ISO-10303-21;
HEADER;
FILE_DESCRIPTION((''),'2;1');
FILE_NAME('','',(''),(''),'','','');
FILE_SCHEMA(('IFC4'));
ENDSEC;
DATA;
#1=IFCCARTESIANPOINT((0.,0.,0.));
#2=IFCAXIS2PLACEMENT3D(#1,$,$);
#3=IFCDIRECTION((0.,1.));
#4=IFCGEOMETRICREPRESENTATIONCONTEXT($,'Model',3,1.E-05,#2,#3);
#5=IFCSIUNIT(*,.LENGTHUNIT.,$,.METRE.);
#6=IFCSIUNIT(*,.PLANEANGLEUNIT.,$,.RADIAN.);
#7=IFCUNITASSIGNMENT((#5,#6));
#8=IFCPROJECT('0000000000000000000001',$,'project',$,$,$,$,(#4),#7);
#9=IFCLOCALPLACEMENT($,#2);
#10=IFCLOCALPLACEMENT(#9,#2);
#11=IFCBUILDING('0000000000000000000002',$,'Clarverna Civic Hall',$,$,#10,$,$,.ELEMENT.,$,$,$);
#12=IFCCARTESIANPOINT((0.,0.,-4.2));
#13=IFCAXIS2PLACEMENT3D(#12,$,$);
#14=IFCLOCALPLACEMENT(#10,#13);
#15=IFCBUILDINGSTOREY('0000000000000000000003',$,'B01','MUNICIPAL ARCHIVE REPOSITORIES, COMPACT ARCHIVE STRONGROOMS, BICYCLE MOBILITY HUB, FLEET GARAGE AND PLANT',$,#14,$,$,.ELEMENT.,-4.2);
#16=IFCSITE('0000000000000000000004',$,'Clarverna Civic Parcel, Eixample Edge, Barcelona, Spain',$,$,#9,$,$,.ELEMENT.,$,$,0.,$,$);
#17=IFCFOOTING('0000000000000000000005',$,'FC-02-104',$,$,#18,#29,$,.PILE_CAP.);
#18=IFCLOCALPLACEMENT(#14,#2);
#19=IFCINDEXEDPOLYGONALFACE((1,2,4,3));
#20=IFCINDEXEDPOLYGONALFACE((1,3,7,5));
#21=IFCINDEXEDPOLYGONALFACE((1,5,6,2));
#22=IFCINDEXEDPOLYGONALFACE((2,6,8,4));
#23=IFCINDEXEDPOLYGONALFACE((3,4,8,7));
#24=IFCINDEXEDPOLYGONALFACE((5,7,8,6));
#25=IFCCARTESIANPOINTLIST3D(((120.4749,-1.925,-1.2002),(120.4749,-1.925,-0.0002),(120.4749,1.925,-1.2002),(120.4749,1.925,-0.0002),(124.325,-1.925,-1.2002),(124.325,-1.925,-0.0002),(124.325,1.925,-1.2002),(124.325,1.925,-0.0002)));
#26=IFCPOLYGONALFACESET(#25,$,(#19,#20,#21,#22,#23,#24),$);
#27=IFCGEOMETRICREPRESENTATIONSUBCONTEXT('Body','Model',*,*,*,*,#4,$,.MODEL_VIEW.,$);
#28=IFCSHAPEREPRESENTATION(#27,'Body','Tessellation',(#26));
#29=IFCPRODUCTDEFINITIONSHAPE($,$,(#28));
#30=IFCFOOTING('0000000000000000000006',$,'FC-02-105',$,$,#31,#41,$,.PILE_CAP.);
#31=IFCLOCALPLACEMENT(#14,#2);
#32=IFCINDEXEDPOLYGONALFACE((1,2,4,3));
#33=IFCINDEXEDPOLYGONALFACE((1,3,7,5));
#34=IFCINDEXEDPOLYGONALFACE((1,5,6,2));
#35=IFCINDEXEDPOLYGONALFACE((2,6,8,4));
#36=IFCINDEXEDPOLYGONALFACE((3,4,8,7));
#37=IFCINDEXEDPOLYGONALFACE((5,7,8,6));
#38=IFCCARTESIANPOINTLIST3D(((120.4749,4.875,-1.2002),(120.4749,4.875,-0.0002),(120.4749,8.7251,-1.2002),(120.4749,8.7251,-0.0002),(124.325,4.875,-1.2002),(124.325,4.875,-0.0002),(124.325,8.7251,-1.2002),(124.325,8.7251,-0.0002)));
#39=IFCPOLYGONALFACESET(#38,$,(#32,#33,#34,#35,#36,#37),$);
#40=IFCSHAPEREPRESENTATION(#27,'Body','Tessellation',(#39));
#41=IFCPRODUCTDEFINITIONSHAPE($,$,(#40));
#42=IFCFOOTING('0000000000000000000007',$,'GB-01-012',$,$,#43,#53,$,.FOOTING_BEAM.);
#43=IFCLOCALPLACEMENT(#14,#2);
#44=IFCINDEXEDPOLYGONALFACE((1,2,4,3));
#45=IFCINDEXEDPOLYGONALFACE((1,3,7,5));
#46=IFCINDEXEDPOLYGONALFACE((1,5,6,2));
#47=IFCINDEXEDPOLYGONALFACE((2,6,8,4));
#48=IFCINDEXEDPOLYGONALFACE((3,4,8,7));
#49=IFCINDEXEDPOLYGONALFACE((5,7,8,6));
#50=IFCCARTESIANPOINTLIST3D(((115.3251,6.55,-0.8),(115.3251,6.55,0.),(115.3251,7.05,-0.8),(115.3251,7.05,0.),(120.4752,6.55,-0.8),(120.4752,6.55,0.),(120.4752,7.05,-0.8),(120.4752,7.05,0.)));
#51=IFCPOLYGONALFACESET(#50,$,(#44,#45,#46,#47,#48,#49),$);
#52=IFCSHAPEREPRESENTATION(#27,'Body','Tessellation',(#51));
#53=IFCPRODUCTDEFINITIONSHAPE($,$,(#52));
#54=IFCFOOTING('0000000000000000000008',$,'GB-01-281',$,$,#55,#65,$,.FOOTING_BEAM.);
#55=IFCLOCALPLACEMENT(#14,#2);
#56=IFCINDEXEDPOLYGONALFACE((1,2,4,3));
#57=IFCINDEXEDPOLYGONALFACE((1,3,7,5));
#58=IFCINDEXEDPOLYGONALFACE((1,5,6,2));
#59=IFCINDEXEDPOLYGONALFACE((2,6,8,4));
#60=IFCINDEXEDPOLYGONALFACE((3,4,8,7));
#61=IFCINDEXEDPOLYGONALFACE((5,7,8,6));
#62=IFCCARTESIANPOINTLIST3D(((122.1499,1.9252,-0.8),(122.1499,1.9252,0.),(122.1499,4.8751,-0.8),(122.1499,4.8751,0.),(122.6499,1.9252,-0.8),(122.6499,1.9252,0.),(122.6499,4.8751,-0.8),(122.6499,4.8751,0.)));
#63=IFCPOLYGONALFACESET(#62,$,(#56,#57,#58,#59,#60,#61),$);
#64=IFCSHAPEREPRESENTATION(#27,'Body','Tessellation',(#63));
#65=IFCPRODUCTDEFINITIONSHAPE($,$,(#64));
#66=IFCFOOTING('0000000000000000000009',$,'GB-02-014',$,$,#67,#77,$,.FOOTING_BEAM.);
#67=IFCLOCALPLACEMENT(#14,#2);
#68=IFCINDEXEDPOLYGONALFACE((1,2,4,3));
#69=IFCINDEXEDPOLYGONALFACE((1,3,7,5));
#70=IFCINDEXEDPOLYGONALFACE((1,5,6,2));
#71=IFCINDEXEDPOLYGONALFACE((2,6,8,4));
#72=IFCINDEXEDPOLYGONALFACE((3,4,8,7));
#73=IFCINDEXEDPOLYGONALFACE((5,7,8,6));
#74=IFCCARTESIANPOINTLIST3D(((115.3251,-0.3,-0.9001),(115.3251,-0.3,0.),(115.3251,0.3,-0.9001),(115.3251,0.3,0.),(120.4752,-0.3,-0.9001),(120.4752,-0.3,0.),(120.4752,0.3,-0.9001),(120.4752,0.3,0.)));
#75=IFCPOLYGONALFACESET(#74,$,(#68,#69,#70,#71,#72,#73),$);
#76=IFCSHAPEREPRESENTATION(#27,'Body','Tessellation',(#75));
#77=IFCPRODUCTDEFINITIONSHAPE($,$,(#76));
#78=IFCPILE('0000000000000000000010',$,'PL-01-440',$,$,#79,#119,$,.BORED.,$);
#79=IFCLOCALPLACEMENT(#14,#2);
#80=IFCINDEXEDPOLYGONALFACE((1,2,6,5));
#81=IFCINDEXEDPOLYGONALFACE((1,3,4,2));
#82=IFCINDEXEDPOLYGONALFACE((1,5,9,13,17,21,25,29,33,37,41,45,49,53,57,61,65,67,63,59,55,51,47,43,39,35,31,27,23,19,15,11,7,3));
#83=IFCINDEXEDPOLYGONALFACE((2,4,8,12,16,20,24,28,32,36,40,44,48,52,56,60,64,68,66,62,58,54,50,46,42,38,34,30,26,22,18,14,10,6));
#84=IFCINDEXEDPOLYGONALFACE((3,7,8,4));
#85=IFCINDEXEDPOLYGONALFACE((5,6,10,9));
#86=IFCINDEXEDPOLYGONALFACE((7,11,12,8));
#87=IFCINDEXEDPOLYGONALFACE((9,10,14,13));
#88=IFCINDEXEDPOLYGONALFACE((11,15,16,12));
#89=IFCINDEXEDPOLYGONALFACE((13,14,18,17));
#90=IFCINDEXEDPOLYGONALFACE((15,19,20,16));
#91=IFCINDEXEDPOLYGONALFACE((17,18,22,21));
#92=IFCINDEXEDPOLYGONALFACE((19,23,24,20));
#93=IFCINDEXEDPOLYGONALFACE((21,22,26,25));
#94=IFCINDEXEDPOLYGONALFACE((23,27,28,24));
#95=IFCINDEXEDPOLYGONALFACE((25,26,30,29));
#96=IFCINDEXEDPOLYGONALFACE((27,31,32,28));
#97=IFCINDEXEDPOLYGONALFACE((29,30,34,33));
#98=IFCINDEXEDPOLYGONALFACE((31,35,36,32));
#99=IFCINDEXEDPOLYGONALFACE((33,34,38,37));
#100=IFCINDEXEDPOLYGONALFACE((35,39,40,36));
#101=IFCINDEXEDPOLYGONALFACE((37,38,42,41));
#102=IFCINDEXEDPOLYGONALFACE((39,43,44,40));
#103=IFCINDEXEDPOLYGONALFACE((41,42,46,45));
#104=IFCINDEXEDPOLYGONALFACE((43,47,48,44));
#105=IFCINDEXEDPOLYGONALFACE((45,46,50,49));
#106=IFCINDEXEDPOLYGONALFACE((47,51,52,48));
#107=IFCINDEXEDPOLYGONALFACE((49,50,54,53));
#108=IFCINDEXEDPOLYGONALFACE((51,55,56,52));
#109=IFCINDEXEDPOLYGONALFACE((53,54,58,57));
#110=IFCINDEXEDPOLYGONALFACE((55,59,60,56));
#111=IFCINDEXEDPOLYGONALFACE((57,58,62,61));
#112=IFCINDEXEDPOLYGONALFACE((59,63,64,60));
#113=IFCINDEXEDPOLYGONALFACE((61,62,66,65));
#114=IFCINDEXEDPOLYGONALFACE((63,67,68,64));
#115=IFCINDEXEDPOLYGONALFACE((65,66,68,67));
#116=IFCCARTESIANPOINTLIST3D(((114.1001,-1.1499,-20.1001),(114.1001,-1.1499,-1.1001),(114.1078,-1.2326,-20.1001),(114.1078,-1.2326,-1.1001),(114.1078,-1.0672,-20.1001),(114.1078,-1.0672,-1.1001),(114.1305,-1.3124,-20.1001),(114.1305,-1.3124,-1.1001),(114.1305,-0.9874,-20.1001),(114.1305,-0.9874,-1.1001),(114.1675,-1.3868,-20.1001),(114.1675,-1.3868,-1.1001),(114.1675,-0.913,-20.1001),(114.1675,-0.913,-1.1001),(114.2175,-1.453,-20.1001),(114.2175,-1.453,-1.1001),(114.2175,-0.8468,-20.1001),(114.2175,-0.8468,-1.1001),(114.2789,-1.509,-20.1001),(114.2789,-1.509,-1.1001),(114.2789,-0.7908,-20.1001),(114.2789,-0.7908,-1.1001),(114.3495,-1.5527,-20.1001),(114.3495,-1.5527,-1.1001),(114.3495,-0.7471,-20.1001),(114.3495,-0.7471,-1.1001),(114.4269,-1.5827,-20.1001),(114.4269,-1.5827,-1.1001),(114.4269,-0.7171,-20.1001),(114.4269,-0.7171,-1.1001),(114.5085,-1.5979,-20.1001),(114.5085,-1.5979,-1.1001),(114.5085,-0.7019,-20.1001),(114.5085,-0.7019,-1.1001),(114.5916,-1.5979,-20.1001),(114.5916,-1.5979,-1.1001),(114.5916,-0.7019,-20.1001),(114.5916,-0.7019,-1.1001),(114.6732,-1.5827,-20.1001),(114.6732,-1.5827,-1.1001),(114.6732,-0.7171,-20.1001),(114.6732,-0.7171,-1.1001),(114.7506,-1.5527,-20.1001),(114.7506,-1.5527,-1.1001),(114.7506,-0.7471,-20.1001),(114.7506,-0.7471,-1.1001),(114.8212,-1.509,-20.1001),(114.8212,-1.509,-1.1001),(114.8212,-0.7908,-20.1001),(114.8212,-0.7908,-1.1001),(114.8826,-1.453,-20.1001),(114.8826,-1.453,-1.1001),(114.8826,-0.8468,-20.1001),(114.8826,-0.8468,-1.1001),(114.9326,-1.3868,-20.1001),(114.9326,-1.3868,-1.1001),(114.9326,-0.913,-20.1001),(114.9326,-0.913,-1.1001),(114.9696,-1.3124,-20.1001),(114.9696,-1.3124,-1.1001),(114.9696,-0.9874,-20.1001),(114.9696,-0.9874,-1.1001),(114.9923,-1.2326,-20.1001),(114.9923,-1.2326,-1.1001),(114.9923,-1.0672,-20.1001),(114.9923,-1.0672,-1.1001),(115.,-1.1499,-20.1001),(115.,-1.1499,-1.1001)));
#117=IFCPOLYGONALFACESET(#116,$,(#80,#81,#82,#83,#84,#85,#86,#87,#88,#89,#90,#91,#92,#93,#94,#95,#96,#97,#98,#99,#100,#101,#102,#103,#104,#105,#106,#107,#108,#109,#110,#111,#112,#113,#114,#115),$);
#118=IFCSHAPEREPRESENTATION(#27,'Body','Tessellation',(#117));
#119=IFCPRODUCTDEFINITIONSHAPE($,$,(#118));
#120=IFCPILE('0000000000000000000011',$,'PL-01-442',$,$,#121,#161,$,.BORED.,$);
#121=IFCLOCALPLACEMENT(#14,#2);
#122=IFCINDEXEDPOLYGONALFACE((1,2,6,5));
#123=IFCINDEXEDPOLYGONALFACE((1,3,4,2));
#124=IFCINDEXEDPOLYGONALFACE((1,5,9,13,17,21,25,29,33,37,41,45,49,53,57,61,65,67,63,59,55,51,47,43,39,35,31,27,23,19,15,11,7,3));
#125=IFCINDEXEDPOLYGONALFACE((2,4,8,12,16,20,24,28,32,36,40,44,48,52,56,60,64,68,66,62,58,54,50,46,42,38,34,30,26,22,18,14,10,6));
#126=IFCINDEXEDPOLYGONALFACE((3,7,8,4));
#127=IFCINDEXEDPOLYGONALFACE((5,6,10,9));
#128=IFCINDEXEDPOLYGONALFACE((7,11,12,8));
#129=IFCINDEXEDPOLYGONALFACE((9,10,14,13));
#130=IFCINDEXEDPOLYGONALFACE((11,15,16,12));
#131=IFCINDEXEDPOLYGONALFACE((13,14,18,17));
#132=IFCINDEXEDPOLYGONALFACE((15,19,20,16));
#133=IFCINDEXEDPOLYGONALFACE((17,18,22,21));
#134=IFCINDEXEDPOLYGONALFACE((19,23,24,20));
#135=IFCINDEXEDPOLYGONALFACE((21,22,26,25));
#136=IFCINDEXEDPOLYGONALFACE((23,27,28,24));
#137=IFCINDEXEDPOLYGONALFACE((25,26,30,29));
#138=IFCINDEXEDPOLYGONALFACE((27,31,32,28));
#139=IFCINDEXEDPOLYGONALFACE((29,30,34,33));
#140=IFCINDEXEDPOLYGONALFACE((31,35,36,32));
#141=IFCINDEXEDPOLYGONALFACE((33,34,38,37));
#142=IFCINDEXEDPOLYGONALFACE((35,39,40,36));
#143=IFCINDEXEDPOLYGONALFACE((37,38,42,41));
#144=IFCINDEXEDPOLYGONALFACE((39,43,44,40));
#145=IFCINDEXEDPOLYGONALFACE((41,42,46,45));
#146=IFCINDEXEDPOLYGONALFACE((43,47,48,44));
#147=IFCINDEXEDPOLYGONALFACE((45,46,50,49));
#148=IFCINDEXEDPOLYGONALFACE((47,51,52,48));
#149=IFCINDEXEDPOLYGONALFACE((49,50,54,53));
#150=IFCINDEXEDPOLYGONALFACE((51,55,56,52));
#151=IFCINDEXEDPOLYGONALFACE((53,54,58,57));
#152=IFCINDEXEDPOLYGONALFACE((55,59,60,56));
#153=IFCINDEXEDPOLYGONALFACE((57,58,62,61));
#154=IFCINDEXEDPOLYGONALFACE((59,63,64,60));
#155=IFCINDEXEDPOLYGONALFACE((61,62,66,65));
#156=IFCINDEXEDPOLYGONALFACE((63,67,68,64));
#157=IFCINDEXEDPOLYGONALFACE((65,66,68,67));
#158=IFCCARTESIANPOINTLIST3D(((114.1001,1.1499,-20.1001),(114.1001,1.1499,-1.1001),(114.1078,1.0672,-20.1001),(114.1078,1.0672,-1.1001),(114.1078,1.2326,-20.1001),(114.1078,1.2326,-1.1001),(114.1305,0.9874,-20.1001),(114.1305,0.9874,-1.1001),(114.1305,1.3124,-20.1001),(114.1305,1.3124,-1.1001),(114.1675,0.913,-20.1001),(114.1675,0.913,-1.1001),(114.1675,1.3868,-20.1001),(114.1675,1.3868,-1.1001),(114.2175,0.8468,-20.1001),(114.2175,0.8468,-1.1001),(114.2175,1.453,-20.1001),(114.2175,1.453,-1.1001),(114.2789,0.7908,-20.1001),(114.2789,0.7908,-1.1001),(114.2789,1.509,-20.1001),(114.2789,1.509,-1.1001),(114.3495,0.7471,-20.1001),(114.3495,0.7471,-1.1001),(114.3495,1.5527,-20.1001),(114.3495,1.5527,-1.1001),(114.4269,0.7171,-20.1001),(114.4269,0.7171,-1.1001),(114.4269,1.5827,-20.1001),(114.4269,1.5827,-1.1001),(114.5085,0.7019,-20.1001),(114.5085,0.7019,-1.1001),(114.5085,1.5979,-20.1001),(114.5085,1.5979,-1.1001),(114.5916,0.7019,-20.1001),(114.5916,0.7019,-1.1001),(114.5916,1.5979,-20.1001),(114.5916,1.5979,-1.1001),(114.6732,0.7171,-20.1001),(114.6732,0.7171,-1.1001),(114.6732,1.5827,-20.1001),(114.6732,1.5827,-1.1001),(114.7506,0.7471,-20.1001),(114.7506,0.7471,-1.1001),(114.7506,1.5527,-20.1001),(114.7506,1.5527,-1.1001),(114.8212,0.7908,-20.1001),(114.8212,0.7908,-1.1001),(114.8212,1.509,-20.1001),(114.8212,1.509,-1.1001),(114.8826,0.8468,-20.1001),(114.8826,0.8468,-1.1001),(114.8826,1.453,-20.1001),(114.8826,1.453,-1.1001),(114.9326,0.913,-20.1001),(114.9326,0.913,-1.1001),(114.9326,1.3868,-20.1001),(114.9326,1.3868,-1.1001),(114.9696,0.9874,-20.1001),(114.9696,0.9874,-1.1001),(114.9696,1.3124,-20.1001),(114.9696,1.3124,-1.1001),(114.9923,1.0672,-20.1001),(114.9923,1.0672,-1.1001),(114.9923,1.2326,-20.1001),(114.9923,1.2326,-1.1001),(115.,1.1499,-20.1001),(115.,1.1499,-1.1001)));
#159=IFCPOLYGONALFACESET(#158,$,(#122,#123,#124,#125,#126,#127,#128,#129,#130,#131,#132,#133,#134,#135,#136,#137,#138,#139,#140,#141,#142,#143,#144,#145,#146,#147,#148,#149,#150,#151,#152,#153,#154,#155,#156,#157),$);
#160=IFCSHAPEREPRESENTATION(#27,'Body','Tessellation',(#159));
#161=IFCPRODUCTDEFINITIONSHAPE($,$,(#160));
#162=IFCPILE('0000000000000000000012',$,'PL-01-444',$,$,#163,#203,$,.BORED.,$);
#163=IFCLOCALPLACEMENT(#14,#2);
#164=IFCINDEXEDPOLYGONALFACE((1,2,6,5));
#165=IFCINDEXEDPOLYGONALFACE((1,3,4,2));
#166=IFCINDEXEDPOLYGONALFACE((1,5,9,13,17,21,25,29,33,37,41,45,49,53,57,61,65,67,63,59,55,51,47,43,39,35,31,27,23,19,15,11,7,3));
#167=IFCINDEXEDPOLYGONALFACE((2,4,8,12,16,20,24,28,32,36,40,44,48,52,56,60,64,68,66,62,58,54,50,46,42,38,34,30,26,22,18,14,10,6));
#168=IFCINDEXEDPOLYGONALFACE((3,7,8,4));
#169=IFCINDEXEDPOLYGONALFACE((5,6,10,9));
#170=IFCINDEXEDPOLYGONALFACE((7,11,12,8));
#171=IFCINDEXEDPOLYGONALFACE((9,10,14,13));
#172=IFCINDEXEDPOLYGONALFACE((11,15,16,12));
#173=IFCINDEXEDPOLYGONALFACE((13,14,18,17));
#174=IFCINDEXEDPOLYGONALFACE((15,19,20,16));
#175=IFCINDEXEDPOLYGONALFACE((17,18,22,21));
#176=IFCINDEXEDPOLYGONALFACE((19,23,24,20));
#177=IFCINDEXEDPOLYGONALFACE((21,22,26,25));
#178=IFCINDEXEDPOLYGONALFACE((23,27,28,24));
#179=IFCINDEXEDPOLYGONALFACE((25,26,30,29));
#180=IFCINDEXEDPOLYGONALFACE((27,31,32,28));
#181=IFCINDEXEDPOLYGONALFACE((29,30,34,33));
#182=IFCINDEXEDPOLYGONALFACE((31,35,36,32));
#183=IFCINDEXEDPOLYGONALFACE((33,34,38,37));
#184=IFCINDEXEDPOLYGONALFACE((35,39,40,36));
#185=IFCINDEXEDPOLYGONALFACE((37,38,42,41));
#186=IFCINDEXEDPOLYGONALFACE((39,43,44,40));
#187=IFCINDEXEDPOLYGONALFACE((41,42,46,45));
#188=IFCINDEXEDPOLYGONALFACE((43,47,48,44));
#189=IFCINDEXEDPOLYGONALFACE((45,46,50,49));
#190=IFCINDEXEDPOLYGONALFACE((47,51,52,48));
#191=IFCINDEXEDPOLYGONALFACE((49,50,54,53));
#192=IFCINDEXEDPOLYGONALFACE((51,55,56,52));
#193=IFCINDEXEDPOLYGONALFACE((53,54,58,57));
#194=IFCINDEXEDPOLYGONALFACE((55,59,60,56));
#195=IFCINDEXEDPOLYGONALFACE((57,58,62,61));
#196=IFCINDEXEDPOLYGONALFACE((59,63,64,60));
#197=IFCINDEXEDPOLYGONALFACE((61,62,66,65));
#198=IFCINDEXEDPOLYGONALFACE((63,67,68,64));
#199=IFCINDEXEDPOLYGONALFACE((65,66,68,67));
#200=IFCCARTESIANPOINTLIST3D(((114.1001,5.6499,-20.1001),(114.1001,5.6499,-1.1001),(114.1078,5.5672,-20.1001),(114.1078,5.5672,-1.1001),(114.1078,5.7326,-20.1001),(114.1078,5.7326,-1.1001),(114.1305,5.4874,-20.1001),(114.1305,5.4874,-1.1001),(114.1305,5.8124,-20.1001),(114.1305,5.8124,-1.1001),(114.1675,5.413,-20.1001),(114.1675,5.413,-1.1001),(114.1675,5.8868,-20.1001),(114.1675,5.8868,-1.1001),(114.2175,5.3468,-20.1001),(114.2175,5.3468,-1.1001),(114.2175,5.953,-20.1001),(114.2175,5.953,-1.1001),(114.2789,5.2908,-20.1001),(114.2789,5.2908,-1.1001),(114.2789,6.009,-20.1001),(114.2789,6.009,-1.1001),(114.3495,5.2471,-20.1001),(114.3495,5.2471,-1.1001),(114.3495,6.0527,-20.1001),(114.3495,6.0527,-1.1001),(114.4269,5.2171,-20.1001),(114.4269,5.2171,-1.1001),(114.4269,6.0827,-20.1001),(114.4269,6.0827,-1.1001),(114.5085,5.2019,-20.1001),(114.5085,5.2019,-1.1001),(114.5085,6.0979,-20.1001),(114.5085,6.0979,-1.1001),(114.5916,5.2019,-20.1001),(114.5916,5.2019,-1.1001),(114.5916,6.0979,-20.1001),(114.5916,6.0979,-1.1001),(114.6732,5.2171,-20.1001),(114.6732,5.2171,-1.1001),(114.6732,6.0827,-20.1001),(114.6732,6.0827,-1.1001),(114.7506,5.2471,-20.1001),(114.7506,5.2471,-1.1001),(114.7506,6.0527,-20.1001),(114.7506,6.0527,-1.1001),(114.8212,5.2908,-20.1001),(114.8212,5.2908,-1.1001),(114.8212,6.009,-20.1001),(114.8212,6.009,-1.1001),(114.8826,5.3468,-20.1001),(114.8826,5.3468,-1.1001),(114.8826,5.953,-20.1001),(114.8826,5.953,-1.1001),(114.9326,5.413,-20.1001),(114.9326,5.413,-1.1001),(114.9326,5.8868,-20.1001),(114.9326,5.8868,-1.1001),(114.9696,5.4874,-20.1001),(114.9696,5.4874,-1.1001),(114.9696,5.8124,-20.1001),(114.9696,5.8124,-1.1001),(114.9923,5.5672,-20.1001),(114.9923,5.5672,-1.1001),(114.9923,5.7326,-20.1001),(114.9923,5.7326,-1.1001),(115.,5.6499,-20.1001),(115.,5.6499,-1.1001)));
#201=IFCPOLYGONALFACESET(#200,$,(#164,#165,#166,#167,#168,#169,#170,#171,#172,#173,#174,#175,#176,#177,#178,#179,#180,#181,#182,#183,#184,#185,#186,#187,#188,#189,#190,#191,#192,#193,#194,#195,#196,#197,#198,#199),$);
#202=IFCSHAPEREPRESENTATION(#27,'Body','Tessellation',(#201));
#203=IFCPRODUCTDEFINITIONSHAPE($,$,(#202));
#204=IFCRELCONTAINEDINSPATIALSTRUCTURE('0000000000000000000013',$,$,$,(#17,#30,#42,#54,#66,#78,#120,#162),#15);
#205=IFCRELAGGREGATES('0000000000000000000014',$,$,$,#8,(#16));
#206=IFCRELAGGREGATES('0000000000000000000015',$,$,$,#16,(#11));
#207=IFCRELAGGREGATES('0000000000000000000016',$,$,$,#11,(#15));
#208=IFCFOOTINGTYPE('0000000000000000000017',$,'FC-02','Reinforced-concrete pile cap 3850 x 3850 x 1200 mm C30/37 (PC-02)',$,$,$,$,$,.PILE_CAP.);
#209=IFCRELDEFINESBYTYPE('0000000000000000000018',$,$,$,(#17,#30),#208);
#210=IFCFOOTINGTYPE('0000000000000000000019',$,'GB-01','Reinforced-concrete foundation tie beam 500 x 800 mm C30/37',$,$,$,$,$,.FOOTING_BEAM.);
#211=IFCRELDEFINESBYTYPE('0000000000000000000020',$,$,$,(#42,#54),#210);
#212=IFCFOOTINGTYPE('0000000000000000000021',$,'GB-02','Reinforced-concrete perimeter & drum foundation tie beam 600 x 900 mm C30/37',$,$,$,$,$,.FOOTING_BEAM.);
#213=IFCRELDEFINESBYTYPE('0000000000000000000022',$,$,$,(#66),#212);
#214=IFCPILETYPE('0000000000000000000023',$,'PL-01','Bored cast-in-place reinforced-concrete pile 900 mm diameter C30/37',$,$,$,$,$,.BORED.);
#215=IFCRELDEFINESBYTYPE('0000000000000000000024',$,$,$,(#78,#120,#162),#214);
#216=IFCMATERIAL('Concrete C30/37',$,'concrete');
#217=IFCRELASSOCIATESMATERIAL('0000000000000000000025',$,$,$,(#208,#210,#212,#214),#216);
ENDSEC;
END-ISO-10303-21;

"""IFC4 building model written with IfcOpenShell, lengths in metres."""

from ifc_helpers import new_model, si_unit, direction, frame, frame_2d, origin, origin_2d, place, context, subcontext, project, spatial, rectangle, circle, extrude, material, material_profile, profile_set, type_object, element, save


model = new_model("IFC4")

# Units and contexts
model_context = context("Model", 3, precision=1e-05, world=origin(), true_north=direction((0.0, 1.0)))
body_context = subcontext(model_context, "Body", "Model", "MODEL_VIEW")
ifc_project = project(units=[si_unit("LENGTHUNIT", "METRE"), si_unit("PLANEANGLEUNIT", "RADIAN")], contexts=[model_context])

# Site, building, storey
site_placement = place(None, origin())
site = spatial("IfcSite", under=ifc_project, at=site_placement, Name="Clarverna Civic Parcel, Eixample Edge, Barcelona, Spain", CompositionType="ELEMENT", RefElevation=0.0)
building_placement = place(site_placement, origin())
building = spatial("IfcBuilding", under=site, at=building_placement, Name="Clarverna Civic Hall", CompositionType="ELEMENT")
storey_placement = place(building_placement, frame((0.0, 0.0, -4.2)))
storey = spatial("IfcBuildingStorey", under=building, at=storey_placement, Name="B01", Description="MUNICIPAL ARCHIVE REPOSITORIES, COMPACT ARCHIVE STRONGROOMS, BICYCLE MOBILITY HUB, FLEET GARAGE AND PLANT", CompositionType="ELEMENT", Elevation=-4.2)

# Footings
ifc_material_1 = material(Name="Concrete C30/37", Category="concrete")
footing_type_1 = type_object("IfcFootingType", Name="FC-02", Description="Reinforced-concrete pile cap 3850 x 3850 x 1200 mm C30/37 (PC-02)", PredefinedType="PILE_CAP", material=ifc_material_1)
for number, where, z_axis, x_axis, name in (
    (1, (122.3999, 0.0, -1.2002), (0.0, 0.0, 1.0), (1.0, 0.0, 0.0), "FC-02-104"),
    (2, (122.3999, 6.8, -1.2002), (0.0, 0.0, 1.0), (1.0, 0.0, 0.0), "FC-02-105"),
):
    element("IfcFooting", number, at=place(storey_placement, frame(where, z_axis=z_axis, x_axis=x_axis)), inside=storey, type_object=footing_type_1, Name=name, PredefinedType="PILE_CAP", context=body_context, shape_type="SweptSolid", body=[
        extrude(rectangle(XDim=3.8501, YDim=3.8501, at=origin_2d()), origin(), (0.0, 0.0, 1.0), 1.2),
    ])
footing_type_2 = type_object("IfcFootingType", Name="GB-01", Description="Reinforced-concrete foundation tie beam 500 x 800 mm C30/37", PredefinedType="FOOTING_BEAM", material=ifc_material_1)
footing_1_placement = place(storey_placement, frame((115.325, 6.8, -0.8), z_axis=(0.0, 0.0, 1.0), x_axis=(1.0, 0.0, 0.0)))
element("IfcFooting", 3, at=footing_1_placement, inside=storey, type_object=footing_type_2, Name="GB-01-012", PredefinedType="FOOTING_BEAM", context=body_context, shape_type="SweptSolid", body=[
    extrude(rectangle(XDim=5.1501, YDim=0.5, at=frame_2d((2.5752, 0.0))), origin(), (0.0, 0.0, 1.0), 0.8),
])
footing_2_placement = place(storey_placement, frame((122.3999, 1.925, -0.8), z_axis=(0.0, 0.0, 1.0), x_axis=(0.0, 1.0, 0.0)))
element("IfcFooting", 4, at=footing_2_placement, inside=storey, type_object=footing_type_2, Name="GB-01-281", PredefinedType="FOOTING_BEAM", context=body_context, shape_type="SweptSolid", body=[
    extrude(rectangle(XDim=2.95, YDim=0.5, at=frame_2d((1.4751, 0.0))), origin(), (0.0, 0.0, 1.0), 0.8),
])
footing_type_3 = type_object("IfcFootingType", Name="GB-02", Description="Reinforced-concrete perimeter & drum foundation tie beam 600 x 900 mm C30/37", PredefinedType="FOOTING_BEAM", material=ifc_material_1)
footing_3_placement = place(storey_placement, frame((115.325, 0.0, -0.9001), z_axis=(0.0, 0.0, 1.0), x_axis=(1.0, 0.0, 0.0)))
element("IfcFooting", 5, at=footing_3_placement, inside=storey, type_object=footing_type_3, Name="GB-02-014", PredefinedType="FOOTING_BEAM", context=body_context, shape_type="SweptSolid", body=[
    extrude(rectangle(XDim=5.1501, YDim=0.6001, at=frame_2d((2.5752, 0.0))), origin(), (0.0, 0.0, 1.0), 0.9001),
])

# Piles
ifc_material_profile_1 = material_profile(ifc_material_1, circle(Radius=0.45, at=origin_2d()), Name="BORED PILE D900")
ifc_profile_set_1 = profile_set([ifc_material_profile_1], Name="Concrete C30/37")
pile_type = type_object("IfcPileType", Name="PL-01", Description="Bored cast-in-place reinforced-concrete pile 900 mm diameter C30/37", PredefinedType="BORED", material=ifc_profile_set_1)
for number, where, z_axis, x_axis, name in (
    (6, (114.55, -1.1499, -1.1001), (0.0, 0.0, -1.0), (1.0, 0.0, 0.0), "PL-01-440"),
    (7, (114.55, 1.1499, -1.1001), (0.0, 0.0, -1.0), (1.0, 0.0, 0.0), "PL-01-442"),
    (8, (114.55, 5.6499, -1.1001), (0.0, 0.0, -1.0), (1.0, 0.0, 0.0), "PL-01-444"),
):
    element("IfcPile", number, at=place(storey_placement, frame(where, z_axis=z_axis, x_axis=x_axis)), inside=storey, type_object=pile_type, Name=name, PredefinedType="BORED", context=body_context, shape_type="SweptSolid", body=[
        extrude(circle(Radius=0.45, at=origin_2d()), origin(), (0.0, 0.0, 1.0), 19.0),
    ])

save(model, "model.ifc")
